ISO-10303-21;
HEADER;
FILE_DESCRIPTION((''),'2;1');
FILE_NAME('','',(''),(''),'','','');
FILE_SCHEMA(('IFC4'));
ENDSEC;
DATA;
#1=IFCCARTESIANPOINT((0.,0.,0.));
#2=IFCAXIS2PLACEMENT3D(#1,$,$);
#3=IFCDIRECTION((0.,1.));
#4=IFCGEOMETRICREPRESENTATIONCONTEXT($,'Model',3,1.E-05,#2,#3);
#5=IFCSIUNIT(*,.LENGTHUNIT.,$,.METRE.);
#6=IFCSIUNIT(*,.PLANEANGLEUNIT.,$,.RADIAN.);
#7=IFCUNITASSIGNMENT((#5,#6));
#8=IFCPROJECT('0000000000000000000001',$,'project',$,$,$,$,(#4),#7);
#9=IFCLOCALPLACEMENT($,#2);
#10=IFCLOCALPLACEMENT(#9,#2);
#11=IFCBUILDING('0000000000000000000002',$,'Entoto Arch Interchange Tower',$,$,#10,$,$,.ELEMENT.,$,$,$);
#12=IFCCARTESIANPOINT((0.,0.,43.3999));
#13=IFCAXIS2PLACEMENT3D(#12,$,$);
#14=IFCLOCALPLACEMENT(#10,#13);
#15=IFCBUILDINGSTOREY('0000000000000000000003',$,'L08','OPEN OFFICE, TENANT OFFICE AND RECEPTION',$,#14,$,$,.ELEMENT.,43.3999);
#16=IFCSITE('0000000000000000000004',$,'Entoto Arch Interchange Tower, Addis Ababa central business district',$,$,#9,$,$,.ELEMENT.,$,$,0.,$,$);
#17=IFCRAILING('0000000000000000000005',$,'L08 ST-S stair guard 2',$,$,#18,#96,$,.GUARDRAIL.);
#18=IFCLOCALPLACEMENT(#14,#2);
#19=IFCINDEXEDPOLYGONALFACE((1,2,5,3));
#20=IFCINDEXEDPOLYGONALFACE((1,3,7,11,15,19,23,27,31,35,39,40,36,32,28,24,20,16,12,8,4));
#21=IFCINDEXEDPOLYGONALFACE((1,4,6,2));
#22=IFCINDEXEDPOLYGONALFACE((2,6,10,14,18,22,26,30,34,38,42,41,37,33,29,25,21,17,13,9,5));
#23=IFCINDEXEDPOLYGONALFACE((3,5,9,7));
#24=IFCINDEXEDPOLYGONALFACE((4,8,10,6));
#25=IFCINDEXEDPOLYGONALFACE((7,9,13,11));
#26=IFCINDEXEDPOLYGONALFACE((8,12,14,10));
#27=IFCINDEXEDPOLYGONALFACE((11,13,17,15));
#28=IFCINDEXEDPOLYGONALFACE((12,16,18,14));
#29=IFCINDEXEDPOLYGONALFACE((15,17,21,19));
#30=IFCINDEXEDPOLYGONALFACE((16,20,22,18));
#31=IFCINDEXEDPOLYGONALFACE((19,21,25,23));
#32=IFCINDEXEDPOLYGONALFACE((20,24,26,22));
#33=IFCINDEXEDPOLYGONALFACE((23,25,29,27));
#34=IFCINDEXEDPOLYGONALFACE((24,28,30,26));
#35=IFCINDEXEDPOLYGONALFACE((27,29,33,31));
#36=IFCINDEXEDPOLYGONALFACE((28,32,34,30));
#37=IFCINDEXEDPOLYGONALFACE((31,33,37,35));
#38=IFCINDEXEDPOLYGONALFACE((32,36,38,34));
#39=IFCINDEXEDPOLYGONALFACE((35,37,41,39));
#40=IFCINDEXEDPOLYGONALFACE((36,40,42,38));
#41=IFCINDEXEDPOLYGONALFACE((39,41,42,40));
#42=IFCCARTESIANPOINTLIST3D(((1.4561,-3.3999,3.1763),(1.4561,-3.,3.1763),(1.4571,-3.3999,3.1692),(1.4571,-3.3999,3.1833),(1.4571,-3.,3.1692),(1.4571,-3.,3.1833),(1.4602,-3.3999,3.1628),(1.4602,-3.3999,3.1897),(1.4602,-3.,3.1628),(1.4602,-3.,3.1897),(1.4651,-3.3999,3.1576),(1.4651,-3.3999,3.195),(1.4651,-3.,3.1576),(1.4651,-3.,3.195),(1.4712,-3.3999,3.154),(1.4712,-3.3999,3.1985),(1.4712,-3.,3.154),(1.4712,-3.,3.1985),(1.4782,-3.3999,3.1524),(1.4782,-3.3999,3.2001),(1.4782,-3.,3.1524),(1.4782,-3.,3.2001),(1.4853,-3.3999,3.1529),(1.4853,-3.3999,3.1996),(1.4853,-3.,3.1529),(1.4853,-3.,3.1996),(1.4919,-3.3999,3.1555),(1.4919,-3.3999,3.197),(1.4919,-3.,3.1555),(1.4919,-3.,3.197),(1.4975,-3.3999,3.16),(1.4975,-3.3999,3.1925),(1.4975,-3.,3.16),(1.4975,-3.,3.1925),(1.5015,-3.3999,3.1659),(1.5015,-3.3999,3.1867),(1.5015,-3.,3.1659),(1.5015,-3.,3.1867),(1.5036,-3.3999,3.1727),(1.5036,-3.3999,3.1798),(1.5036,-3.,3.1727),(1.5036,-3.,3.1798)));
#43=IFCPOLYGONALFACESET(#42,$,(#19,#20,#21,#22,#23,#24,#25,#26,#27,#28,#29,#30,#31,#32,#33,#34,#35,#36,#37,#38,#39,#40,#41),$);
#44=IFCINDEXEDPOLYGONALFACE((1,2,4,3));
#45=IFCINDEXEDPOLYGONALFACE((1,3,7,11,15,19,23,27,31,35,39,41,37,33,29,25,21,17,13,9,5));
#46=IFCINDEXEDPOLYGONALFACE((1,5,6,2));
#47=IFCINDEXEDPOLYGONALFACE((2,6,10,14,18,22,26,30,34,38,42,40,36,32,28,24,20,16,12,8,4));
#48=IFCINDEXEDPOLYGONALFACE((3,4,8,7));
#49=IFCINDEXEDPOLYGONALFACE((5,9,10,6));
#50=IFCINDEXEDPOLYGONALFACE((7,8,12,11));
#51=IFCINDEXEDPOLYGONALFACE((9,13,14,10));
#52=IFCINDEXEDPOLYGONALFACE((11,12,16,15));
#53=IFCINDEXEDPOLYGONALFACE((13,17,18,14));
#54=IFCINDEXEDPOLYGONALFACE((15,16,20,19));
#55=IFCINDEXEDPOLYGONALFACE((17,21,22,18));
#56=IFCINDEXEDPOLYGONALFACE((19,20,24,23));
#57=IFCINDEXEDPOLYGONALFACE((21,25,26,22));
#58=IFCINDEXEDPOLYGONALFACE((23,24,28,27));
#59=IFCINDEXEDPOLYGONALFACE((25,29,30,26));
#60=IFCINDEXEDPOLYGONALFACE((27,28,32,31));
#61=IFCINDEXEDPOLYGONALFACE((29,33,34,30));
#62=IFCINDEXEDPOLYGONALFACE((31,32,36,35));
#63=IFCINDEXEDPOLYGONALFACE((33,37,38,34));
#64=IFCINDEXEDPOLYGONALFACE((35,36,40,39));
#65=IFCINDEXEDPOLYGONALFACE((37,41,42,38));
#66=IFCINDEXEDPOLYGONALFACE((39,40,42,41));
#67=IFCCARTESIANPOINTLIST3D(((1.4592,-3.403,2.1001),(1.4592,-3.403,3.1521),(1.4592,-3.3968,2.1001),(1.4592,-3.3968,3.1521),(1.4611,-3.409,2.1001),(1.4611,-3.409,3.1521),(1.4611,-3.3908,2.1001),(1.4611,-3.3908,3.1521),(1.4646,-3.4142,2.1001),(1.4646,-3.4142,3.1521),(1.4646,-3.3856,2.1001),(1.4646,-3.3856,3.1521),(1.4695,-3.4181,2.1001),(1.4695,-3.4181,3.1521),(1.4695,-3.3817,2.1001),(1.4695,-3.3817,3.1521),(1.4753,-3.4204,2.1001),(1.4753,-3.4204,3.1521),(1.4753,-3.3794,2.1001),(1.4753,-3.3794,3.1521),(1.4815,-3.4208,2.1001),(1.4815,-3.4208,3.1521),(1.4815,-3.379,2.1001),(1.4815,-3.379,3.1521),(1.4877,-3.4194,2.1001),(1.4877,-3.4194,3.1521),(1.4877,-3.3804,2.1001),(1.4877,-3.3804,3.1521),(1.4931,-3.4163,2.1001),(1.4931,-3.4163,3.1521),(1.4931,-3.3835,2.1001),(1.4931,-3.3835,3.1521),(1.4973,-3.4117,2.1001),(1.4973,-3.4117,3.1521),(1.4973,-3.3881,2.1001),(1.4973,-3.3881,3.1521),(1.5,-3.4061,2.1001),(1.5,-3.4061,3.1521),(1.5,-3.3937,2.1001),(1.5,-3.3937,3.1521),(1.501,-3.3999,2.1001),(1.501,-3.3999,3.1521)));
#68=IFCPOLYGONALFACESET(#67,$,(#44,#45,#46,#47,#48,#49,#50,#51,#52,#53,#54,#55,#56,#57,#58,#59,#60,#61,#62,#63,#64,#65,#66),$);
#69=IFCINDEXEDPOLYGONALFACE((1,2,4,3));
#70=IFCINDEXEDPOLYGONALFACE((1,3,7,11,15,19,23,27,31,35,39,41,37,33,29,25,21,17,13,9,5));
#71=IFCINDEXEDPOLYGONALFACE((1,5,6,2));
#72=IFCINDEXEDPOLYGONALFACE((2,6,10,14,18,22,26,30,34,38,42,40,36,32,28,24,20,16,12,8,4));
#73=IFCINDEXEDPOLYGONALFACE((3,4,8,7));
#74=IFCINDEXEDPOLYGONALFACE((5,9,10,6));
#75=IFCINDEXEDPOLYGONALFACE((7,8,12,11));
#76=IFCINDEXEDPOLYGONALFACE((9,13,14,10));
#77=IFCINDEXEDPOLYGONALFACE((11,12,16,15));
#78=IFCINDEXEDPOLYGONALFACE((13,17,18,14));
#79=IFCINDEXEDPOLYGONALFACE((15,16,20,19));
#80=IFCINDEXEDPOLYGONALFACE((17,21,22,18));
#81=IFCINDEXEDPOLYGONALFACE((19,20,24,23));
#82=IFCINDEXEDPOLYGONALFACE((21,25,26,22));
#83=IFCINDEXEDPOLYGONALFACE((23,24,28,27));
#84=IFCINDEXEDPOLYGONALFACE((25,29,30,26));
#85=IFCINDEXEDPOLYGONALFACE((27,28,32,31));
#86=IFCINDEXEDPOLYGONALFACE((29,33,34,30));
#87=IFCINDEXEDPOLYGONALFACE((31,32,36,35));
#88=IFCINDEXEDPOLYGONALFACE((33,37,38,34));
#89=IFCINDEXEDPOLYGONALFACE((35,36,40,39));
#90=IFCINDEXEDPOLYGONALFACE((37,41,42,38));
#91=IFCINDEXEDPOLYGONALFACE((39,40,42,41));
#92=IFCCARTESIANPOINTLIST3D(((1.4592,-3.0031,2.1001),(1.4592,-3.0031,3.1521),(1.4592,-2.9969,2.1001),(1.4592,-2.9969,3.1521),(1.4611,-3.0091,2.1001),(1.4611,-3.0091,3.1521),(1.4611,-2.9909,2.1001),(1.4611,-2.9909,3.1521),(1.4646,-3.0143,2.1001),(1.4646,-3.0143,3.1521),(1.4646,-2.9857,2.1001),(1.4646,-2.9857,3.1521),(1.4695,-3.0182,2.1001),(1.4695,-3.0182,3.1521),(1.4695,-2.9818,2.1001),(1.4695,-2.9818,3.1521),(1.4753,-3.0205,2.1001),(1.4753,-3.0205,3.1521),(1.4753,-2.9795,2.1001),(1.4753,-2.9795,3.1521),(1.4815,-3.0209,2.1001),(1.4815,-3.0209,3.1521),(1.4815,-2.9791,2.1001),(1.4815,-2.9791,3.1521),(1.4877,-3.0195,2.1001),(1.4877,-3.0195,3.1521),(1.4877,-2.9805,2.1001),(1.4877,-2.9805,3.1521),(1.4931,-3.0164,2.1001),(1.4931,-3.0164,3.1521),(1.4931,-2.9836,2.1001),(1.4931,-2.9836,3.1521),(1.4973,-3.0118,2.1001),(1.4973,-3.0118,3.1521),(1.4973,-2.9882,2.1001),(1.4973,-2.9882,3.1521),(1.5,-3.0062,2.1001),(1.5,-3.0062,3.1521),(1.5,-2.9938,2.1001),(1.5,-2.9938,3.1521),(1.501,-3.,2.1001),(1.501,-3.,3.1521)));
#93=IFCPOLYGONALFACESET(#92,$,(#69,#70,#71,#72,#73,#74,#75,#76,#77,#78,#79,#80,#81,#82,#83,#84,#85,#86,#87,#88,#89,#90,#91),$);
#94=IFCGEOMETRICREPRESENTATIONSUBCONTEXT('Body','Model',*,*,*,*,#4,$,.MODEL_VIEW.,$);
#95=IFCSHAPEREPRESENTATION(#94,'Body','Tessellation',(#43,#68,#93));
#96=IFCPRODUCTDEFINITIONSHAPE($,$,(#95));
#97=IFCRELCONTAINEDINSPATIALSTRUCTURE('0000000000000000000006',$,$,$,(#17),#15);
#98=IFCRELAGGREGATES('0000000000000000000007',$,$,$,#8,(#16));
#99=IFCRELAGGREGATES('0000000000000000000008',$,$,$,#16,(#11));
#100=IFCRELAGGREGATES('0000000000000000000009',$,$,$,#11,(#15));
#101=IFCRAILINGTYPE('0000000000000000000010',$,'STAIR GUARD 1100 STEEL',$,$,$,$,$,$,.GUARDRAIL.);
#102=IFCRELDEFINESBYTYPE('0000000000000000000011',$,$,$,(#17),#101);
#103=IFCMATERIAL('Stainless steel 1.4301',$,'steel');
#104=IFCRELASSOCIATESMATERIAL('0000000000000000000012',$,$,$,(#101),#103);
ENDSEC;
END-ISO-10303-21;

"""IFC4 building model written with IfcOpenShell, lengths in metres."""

from ifc_helpers import new_model, si_unit, direction, frame, origin, origin_2d, place, context, subcontext, project, spatial, circle, extrude, material, type_object, element, save


model = new_model("IFC4")

# Units and contexts
model_context = context("Model", 3, precision=1e-05, world=origin(), true_north=direction((0.0, 1.0)))
body_context = subcontext(model_context, "Body", "Model", "MODEL_VIEW")
ifc_project = project(units=[si_unit("LENGTHUNIT", "METRE"), si_unit("PLANEANGLEUNIT", "RADIAN")], contexts=[model_context])

# Site, building, storey
site_placement = place(None, origin())
site = spatial("IfcSite", under=ifc_project, at=site_placement, Name="Entoto Arch Interchange Tower, Addis Ababa central business district", CompositionType="ELEMENT", RefElevation=0.0)
building_placement = place(site_placement, origin())
building = spatial("IfcBuilding", under=site, at=building_placement, Name="Entoto Arch Interchange Tower", CompositionType="ELEMENT")
storey_placement = place(building_placement, frame((0.0, 0.0, 43.3999)))
storey = spatial("IfcBuildingStorey", under=building, at=storey_placement, Name="L08", Description="OPEN OFFICE, TENANT OFFICE AND RECEPTION", CompositionType="ELEMENT", Elevation=43.3999)

# Railing
ifc_material_1 = material(Name="Stainless steel 1.4301", Category="steel")
railing_type_1 = type_object("IfcRailingType", Name="STAIR GUARD 1100 STEEL", PredefinedType="GUARDRAIL", material=ifc_material_1)
railing_1_placement = place(storey_placement, frame((1.48, -3.3999, 2.1001)))
element("IfcRailing", 1, at=railing_1_placement, inside=storey, type_object=railing_type_1, Name="L08 ST-S stair guard 2", PredefinedType="GUARDRAIL", context=body_context, shape_type="SweptSolid", body=[
    extrude(circle(Radius=0.0239, at=origin_2d()), frame((0.0, 0.0, 1.0762), z_axis=(0.0, 1.0, 0.0), x_axis=(-1.0, 0.0, 0.0)), (0.0, 0.0, 1.0), 0.3999),
    extrude(circle(Radius=0.021, at=origin_2d()), origin(), (0.0, 0.0, 1.0), 1.052),
    extrude(circle(Radius=0.021, at=origin_2d()), frame((0.0, 0.3999, 0.0)), (0.0, 0.0, 1.0), 1.052),
])

save(model, "model.ifc")
